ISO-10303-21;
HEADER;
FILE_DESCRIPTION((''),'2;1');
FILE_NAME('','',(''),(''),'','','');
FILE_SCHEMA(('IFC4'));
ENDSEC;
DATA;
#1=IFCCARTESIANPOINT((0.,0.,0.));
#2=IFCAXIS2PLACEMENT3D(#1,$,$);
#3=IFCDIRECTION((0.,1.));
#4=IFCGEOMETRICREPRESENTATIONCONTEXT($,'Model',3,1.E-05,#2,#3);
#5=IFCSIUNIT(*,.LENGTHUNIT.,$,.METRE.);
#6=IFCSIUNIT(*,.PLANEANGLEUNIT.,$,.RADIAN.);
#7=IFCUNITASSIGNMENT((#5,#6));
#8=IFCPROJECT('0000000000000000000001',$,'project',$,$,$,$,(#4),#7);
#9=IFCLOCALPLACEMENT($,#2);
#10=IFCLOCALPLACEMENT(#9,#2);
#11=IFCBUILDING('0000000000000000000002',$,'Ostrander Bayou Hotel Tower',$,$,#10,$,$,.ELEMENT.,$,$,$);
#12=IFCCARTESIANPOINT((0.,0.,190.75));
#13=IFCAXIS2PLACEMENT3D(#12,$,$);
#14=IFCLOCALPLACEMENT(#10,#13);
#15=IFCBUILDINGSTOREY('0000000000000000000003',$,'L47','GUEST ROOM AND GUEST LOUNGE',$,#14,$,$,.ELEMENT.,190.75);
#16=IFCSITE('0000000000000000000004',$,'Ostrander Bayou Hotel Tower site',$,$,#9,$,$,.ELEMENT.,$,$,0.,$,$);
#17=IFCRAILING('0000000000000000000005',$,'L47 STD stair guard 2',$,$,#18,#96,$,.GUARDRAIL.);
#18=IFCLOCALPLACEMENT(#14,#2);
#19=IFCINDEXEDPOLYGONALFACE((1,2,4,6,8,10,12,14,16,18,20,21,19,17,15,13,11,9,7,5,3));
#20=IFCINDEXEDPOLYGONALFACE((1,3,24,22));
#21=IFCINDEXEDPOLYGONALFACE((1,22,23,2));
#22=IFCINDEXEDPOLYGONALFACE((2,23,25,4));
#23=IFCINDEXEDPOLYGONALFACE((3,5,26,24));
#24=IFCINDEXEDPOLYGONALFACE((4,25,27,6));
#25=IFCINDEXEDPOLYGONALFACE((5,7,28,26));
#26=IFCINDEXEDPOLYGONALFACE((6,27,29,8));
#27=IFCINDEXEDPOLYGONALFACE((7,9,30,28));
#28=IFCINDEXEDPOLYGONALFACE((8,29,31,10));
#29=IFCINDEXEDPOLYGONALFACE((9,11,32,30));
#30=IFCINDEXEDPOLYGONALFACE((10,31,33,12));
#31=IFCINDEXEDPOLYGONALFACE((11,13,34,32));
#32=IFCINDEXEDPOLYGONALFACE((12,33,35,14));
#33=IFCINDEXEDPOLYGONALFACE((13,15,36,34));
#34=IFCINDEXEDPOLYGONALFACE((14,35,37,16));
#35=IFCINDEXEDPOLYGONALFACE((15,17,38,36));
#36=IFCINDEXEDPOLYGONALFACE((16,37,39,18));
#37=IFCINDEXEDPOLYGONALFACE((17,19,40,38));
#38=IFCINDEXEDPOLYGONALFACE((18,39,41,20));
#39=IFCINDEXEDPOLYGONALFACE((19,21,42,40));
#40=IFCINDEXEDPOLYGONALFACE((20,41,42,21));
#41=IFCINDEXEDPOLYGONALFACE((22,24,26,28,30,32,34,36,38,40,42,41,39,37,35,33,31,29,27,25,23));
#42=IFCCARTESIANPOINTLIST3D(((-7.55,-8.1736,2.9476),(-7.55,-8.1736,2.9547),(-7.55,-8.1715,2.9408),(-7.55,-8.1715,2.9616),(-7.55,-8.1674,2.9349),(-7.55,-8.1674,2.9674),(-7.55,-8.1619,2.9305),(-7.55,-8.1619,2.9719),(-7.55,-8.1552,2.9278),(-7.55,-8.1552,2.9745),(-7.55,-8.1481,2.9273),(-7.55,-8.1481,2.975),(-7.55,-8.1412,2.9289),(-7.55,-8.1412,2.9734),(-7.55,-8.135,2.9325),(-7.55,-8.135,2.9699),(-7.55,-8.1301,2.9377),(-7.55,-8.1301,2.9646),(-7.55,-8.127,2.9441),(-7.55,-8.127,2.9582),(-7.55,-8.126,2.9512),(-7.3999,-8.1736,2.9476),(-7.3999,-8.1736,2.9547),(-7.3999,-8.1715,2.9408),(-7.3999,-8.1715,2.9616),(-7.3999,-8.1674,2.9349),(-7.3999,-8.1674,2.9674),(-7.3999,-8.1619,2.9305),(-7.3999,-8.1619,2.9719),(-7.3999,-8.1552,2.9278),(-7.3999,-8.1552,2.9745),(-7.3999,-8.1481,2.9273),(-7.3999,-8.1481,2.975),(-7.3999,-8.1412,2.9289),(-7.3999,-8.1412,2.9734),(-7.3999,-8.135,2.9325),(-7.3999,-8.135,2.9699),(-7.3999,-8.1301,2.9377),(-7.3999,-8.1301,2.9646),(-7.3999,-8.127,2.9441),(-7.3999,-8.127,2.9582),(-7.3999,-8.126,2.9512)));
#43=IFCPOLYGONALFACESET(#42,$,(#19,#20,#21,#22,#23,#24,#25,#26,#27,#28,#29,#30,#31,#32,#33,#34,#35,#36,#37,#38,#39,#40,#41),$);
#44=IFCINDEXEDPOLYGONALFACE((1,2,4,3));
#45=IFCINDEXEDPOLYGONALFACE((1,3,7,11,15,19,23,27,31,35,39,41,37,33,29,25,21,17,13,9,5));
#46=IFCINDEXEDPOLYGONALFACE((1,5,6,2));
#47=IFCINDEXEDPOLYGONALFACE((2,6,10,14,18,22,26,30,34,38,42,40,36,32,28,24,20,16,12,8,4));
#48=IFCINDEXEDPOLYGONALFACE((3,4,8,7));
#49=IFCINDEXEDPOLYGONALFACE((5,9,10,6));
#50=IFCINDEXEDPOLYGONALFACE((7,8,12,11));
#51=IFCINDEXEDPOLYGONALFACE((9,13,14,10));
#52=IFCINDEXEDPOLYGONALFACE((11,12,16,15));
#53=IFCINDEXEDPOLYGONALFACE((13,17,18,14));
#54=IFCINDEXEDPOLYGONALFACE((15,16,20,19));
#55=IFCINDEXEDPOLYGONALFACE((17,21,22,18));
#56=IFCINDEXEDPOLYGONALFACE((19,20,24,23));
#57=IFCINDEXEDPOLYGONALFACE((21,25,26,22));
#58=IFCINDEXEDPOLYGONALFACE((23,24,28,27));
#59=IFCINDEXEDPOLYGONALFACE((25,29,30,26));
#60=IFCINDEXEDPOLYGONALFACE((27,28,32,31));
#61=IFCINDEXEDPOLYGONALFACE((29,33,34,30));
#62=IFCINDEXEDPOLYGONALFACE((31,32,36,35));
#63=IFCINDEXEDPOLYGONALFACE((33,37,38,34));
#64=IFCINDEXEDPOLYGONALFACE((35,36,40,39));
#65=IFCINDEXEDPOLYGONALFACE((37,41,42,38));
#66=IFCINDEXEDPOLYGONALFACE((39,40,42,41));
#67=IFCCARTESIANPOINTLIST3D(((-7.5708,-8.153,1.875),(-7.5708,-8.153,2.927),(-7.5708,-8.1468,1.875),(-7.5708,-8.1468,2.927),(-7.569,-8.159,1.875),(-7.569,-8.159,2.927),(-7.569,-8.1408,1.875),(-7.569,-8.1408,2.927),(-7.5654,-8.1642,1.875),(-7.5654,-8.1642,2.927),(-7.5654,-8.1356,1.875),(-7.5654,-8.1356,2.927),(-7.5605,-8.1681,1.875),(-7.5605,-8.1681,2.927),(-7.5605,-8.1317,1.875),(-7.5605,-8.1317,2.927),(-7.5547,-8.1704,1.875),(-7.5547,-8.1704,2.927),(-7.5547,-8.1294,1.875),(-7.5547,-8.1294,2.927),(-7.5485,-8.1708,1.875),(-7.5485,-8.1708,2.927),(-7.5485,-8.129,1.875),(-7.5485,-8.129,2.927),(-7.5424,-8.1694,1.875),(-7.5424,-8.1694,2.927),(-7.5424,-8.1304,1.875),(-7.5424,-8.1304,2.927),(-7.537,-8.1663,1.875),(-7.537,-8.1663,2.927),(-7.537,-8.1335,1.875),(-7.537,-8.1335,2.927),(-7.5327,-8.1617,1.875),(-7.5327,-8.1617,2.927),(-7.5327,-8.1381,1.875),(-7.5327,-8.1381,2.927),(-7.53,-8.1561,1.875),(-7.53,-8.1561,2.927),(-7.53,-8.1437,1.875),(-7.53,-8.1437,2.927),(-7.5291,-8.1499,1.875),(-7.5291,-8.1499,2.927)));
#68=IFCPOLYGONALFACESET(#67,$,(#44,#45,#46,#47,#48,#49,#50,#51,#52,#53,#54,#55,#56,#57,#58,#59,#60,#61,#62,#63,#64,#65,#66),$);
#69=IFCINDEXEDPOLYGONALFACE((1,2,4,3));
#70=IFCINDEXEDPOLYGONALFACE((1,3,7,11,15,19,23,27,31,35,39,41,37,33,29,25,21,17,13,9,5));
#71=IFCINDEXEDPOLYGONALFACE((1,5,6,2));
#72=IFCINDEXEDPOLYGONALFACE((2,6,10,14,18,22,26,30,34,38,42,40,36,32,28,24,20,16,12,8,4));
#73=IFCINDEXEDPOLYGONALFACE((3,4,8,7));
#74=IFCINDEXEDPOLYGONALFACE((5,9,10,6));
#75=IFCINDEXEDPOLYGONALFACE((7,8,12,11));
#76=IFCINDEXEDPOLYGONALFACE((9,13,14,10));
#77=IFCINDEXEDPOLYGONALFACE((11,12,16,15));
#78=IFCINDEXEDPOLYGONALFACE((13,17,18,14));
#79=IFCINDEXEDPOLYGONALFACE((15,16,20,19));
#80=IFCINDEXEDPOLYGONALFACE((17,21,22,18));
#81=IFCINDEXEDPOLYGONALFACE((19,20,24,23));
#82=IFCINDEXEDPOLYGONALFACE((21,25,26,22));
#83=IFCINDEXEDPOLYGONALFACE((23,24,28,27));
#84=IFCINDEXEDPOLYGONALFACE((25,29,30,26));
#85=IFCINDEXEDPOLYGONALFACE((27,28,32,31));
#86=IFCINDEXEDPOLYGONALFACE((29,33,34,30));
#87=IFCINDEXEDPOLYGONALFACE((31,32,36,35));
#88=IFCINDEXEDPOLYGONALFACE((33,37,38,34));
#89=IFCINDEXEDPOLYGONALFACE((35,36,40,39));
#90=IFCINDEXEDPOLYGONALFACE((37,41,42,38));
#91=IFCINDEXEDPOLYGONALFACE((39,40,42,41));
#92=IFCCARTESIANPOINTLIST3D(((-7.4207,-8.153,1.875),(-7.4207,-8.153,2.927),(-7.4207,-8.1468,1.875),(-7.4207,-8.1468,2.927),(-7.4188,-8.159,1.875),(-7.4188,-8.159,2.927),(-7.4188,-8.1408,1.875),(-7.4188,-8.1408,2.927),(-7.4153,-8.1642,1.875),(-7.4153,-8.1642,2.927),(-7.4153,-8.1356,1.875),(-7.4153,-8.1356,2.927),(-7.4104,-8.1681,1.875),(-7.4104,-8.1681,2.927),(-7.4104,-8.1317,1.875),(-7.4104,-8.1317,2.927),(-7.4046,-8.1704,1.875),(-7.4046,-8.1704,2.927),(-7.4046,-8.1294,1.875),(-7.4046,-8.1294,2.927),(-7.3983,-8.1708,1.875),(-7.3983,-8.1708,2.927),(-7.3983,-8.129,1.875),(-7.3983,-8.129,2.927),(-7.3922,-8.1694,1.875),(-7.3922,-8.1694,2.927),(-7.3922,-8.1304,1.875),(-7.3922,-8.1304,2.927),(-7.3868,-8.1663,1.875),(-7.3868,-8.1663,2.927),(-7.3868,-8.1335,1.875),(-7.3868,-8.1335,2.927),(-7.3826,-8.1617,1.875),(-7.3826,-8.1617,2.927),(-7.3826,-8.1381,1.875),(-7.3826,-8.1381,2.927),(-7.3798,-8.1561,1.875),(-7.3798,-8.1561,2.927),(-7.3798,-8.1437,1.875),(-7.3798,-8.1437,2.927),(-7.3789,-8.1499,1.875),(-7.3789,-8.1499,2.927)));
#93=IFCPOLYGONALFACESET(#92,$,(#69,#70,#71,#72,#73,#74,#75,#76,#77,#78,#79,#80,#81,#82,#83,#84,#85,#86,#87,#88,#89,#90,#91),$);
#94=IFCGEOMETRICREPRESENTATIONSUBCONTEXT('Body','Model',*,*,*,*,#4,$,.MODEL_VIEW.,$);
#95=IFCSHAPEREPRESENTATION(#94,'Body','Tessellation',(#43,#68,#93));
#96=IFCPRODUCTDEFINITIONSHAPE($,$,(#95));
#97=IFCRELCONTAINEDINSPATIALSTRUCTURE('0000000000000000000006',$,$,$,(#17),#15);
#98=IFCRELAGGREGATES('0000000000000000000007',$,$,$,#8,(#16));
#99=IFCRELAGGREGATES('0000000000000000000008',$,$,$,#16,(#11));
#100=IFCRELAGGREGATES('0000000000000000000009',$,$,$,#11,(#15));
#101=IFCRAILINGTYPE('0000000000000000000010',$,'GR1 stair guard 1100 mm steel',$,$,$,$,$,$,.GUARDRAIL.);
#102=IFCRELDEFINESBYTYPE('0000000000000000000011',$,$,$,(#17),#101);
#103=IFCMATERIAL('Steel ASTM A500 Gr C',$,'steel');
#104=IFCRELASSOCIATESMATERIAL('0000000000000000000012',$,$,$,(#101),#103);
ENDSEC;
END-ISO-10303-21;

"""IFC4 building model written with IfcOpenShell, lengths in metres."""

from ifc_helpers import new_model, si_unit, direction, frame, origin, origin_2d, place, context, subcontext, project, spatial, circle, extrude, material, type_object, element, save


model = new_model("IFC4")

# Units and contexts
model_context = context("Model", 3, precision=1e-05, world=origin(), true_north=direction((0.0, 1.0)))
body_context = subcontext(model_context, "Body", "Model", "MODEL_VIEW")
ifc_project = project(units=[si_unit("LENGTHUNIT", "METRE"), si_unit("PLANEANGLEUNIT", "RADIAN")], contexts=[model_context])

# Site, building, storey
site_placement = place(None, origin())
site = spatial("IfcSite", under=ifc_project, at=site_placement, Name="Ostrander Bayou Hotel Tower site", CompositionType="ELEMENT", RefElevation=0.0)
building_placement = place(site_placement, origin())
building = spatial("IfcBuilding", under=site, at=building_placement, Name="Ostrander Bayou Hotel Tower", CompositionType="ELEMENT")
storey_placement = place(building_placement, frame((0.0, 0.0, 190.75)))
storey = spatial("IfcBuildingStorey", under=building, at=storey_placement, Name="L47", Description="GUEST ROOM AND GUEST LOUNGE", CompositionType="ELEMENT", Elevation=190.75)

# Railing
ifc_material_1 = material(Name="Steel ASTM A500 Gr C", Category="steel")
railing_type_1 = type_object("IfcRailingType", Name="GR1 stair guard 1100 mm steel", PredefinedType="GUARDRAIL", material=ifc_material_1)
railing_1_placement = place(storey_placement, frame((-7.55, -8.1499, 1.875)))
element("IfcRailing", 1, at=railing_1_placement, inside=storey, type_object=railing_type_1, Name="L47 STD stair guard 2", PredefinedType="GUARDRAIL", context=body_context, shape_type="SweptSolid", body=[
    extrude(circle(Radius=0.0239, at=origin_2d()), frame((0.0, 0.0, 1.0762), z_axis=(1.0, 0.0, 0.0), x_axis=(0.0, 1.0, 0.0)), (0.0, 0.0, 1.0), 0.1501),
    extrude(circle(Radius=0.021, at=origin_2d()), origin(), (0.0, 0.0, 1.0), 1.052),
    extrude(circle(Radius=0.021, at=origin_2d()), frame((0.1501, 0.0, 0.0)), (0.0, 0.0, 1.0), 1.052),
])

save(model, "model.ifc")
